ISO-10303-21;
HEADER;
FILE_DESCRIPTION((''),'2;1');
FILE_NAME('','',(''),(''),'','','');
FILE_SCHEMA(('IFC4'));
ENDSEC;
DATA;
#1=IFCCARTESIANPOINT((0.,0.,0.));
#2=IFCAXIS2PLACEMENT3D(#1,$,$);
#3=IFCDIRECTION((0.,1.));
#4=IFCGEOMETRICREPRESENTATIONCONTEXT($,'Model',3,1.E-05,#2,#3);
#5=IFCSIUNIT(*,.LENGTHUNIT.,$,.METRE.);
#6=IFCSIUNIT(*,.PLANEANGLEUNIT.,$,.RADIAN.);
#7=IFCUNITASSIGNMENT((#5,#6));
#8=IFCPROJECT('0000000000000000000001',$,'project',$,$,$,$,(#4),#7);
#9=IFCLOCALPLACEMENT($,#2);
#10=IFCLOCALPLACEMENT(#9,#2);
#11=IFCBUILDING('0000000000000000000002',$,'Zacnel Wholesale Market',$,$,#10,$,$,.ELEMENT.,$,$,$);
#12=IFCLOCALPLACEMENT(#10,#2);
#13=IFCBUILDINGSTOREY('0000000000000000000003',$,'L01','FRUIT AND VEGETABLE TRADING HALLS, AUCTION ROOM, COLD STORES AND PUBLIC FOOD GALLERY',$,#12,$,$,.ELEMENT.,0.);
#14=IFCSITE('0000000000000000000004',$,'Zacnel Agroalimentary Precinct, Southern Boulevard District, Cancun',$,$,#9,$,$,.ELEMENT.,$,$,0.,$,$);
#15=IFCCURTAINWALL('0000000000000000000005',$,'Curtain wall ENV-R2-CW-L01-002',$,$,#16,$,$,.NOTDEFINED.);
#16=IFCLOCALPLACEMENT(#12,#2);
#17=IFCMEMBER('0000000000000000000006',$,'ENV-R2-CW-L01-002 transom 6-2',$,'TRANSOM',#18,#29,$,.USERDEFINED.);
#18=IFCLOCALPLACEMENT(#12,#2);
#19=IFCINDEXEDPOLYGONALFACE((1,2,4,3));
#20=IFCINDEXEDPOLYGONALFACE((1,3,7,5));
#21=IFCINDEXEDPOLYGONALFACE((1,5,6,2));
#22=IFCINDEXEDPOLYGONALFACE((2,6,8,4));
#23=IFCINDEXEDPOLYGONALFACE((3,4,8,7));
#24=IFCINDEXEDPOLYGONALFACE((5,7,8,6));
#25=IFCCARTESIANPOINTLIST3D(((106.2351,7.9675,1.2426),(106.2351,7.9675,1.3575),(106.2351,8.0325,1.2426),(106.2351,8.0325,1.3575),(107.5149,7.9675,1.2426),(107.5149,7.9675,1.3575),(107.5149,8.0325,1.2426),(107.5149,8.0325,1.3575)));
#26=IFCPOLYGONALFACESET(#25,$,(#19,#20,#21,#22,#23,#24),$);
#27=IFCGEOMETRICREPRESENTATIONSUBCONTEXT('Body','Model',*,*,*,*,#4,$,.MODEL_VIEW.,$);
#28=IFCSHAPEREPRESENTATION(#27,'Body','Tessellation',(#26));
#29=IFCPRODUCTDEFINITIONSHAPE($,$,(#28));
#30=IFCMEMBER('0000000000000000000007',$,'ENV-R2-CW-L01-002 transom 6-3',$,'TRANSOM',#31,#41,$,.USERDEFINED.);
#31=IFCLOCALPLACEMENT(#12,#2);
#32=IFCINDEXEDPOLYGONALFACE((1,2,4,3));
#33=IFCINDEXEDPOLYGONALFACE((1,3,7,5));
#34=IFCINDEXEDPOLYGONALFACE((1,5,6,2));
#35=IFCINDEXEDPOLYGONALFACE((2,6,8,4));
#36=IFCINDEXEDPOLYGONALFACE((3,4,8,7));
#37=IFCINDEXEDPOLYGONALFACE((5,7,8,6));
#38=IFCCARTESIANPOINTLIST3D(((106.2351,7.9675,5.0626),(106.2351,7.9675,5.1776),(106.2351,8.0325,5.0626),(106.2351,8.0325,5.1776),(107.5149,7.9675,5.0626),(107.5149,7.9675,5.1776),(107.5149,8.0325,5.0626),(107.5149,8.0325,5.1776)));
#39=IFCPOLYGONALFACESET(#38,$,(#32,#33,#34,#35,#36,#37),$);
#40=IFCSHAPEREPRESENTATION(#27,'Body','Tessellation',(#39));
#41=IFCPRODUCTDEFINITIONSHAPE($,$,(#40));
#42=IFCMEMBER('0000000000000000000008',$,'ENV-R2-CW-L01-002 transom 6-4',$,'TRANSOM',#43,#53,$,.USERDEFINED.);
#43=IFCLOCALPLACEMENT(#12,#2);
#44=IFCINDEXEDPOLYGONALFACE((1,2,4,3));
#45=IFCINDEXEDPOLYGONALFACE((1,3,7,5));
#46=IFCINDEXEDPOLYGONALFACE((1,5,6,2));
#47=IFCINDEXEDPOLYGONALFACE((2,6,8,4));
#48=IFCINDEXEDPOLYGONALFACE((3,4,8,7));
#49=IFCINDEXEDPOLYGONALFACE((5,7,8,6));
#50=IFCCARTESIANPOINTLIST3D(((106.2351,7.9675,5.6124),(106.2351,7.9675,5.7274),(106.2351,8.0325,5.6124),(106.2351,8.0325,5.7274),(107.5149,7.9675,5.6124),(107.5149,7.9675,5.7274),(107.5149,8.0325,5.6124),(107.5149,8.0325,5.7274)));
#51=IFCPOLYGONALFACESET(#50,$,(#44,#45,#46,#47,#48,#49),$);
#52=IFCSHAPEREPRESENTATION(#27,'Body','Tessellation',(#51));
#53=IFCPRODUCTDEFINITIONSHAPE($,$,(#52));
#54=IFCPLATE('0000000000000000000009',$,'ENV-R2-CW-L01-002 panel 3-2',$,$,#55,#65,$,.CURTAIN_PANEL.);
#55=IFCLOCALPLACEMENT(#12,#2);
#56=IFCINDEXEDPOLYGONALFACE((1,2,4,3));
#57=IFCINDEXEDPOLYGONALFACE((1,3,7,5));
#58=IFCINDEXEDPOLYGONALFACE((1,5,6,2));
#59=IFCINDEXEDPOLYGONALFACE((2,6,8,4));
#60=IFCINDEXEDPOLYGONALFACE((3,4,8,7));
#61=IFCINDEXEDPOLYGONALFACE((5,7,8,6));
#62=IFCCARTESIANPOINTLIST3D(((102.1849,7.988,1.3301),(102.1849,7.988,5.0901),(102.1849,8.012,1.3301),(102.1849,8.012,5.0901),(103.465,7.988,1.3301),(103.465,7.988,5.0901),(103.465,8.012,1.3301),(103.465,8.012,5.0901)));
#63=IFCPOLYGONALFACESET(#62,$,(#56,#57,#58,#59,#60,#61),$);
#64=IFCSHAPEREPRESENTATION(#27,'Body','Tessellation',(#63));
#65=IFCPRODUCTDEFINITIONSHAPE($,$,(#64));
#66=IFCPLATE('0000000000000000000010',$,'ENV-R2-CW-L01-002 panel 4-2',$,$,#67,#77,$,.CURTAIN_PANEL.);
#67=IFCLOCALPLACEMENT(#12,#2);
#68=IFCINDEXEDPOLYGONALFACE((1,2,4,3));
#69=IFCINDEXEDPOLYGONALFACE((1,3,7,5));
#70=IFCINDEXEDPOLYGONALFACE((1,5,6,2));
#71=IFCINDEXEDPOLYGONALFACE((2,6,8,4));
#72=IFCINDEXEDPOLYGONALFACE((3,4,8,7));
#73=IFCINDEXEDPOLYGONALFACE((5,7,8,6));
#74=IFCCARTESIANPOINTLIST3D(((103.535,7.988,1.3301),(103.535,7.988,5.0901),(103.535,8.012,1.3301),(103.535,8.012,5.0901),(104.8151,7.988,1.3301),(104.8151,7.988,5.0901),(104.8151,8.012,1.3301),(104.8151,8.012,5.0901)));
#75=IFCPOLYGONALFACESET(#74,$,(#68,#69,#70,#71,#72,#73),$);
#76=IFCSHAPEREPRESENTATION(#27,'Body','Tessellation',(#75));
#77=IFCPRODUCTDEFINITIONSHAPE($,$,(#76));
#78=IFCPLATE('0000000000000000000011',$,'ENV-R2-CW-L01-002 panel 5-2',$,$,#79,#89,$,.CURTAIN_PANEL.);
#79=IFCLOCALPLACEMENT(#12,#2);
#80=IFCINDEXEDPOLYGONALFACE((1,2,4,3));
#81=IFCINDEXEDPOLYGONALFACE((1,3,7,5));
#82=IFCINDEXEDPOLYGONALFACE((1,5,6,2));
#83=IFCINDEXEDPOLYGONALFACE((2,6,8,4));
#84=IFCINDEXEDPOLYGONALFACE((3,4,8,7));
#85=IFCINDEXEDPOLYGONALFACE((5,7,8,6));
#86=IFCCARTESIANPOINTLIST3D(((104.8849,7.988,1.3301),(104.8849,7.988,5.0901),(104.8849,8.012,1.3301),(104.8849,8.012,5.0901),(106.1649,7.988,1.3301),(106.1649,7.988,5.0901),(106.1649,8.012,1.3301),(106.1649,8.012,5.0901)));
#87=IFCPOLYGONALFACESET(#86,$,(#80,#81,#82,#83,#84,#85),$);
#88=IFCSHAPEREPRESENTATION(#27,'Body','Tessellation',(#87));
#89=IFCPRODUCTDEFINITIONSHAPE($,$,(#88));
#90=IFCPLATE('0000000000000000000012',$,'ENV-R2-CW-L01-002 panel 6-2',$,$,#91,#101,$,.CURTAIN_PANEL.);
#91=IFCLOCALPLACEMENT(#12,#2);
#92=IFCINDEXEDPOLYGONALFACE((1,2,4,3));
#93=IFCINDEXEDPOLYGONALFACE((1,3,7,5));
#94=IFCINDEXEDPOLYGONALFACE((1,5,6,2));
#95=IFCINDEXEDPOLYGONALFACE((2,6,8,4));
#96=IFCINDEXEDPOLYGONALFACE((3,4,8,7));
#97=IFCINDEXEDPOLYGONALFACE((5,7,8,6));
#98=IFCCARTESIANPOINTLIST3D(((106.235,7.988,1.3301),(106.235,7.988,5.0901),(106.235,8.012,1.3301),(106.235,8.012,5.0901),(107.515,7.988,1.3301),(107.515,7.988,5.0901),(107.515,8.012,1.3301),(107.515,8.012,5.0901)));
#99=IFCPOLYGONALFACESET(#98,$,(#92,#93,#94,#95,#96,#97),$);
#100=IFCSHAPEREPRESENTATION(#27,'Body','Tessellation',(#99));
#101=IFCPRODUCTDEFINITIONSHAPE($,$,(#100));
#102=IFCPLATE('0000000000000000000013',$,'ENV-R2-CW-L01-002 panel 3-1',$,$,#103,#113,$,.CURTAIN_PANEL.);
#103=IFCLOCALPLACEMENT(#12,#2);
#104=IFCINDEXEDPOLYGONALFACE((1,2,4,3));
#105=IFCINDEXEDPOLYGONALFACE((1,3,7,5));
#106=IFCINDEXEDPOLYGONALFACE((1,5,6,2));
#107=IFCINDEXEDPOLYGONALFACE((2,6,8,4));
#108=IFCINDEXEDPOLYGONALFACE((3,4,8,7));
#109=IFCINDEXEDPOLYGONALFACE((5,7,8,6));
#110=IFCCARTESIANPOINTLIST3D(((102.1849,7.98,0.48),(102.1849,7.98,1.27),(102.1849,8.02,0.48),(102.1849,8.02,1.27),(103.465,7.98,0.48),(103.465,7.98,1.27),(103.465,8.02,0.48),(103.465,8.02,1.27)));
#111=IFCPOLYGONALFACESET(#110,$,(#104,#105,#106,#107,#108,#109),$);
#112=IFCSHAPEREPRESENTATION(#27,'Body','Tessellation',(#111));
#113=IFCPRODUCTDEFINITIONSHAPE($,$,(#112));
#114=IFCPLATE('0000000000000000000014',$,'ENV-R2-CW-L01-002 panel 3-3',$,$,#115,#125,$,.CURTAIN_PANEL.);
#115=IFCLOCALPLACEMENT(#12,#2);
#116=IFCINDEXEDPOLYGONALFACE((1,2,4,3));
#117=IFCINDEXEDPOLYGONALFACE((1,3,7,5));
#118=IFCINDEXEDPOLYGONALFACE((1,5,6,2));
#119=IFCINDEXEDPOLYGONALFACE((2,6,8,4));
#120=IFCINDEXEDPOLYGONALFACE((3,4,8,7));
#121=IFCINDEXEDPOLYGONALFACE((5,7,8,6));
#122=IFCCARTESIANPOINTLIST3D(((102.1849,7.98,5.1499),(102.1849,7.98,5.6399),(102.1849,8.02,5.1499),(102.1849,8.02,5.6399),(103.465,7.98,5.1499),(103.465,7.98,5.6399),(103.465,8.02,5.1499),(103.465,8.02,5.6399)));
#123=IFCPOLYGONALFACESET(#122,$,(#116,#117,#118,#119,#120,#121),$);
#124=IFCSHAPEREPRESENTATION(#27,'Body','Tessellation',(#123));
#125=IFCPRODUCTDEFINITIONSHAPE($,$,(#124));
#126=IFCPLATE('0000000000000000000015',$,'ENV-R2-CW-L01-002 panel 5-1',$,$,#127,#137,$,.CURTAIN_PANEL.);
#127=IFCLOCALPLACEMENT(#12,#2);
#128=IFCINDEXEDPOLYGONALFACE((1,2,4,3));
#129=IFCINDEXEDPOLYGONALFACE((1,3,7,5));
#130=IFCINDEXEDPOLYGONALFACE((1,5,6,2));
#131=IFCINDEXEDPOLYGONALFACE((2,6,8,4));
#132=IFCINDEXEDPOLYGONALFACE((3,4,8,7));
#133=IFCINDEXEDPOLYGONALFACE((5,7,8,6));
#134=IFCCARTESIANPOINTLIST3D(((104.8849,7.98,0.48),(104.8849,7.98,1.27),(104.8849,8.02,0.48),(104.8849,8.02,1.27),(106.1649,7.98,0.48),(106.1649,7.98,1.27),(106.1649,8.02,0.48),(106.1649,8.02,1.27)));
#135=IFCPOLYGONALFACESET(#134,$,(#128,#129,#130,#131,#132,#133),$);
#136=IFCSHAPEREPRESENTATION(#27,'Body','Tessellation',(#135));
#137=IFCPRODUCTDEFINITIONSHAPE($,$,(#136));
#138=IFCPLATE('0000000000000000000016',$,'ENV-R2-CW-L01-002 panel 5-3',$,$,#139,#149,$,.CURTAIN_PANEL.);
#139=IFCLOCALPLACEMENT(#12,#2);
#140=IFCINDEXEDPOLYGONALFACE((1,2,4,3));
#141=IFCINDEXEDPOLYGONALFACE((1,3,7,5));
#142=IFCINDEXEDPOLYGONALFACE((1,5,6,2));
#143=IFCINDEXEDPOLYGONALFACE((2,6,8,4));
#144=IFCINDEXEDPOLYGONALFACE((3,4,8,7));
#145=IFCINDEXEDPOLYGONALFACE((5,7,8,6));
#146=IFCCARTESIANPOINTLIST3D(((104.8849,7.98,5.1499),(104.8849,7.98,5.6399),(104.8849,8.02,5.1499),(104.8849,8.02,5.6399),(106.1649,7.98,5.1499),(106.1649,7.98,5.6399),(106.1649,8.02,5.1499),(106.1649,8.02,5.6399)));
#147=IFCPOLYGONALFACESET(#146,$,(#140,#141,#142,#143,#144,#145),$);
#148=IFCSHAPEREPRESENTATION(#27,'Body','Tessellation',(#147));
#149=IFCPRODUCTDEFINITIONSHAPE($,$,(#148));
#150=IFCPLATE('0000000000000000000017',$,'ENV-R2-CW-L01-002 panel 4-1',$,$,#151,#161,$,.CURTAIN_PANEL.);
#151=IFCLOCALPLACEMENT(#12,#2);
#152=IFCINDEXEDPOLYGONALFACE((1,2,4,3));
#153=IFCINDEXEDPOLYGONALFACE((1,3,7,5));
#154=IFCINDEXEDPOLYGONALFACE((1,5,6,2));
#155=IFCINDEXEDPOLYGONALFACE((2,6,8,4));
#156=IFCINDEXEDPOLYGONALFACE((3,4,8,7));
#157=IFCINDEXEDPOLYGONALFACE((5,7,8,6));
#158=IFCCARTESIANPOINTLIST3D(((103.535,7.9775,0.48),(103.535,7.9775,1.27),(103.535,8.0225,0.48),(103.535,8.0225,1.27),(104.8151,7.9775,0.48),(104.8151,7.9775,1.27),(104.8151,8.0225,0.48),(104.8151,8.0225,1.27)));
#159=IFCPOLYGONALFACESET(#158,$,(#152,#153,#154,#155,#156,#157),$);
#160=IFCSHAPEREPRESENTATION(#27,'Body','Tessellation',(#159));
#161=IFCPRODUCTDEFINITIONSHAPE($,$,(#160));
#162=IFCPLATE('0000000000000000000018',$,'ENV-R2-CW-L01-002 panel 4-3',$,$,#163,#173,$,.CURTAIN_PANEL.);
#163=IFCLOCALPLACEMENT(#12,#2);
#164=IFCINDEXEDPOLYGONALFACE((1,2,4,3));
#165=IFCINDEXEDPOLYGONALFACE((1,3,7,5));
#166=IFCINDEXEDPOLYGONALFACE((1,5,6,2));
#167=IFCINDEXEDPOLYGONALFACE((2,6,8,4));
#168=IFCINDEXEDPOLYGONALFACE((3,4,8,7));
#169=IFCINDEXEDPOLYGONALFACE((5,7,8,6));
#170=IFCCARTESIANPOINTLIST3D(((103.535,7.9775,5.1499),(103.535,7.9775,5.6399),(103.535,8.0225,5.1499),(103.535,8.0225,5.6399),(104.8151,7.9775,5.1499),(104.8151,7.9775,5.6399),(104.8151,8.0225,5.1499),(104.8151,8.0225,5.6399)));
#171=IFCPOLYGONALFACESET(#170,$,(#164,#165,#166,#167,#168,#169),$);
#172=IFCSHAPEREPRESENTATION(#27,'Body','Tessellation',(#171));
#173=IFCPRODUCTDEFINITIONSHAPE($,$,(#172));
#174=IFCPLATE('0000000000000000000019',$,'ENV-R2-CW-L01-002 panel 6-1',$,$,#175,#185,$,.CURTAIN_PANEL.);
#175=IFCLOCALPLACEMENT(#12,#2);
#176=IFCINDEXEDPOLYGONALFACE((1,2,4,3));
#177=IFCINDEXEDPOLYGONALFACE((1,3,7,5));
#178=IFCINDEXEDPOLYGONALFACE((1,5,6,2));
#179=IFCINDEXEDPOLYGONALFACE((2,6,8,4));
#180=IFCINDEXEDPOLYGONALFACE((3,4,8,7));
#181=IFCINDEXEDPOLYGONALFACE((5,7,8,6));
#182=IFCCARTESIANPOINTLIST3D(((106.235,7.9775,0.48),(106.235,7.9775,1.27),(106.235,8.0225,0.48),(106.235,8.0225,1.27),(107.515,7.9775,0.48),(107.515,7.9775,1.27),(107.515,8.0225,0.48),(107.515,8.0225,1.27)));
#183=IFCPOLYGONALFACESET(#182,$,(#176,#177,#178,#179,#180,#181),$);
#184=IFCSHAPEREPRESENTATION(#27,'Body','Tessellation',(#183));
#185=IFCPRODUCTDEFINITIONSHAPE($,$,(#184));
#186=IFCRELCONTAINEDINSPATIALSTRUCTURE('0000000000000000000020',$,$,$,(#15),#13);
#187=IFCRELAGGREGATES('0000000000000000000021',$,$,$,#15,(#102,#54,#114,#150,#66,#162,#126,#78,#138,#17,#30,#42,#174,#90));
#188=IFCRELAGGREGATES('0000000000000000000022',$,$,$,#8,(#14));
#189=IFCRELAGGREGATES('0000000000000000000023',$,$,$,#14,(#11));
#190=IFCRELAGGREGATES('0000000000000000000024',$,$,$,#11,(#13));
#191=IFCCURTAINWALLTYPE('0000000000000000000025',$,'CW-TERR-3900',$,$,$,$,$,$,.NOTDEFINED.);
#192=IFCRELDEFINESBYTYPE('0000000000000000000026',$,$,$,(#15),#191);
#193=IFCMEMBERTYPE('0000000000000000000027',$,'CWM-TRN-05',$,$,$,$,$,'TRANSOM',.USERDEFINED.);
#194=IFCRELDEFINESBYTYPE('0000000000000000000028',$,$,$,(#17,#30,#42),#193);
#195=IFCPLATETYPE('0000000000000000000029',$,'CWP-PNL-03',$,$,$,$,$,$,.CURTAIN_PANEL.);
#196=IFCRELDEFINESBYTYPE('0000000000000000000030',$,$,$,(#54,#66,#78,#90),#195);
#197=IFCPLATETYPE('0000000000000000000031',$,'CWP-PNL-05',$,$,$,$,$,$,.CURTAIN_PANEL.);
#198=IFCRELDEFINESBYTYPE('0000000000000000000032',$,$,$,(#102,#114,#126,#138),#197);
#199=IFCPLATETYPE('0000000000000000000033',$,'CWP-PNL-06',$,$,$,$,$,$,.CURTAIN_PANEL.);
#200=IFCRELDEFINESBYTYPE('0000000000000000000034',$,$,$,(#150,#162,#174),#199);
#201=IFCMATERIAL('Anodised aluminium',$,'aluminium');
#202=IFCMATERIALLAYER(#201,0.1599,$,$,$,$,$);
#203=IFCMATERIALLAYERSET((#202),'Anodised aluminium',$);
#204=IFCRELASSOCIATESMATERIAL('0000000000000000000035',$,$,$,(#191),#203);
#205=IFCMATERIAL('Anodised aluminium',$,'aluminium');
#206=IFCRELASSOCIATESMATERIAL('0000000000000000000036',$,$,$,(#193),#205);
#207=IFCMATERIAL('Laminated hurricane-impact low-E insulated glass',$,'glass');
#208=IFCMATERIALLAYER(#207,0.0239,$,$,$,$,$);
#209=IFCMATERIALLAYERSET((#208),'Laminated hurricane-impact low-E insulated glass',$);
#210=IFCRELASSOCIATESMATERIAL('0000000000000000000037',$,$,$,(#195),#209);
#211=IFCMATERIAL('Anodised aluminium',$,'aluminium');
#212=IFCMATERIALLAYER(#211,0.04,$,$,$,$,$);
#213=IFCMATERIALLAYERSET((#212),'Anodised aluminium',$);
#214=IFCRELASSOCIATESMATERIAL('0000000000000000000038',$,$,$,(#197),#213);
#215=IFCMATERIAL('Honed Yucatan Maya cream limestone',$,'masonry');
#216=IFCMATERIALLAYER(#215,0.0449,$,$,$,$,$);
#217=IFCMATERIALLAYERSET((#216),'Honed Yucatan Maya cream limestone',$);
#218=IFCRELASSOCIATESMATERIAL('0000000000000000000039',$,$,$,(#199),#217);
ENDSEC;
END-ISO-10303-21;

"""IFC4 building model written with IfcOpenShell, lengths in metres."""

from ifc_helpers import new_model, si_unit, direction, frame, origin, origin_2d, place, context, subcontext, project, spatial, rectangle, extrude, material, layer, layer_set, material_profile, profile_set, type_object, element, aggregate, save


model = new_model("IFC4")

# Units and contexts
model_context = context("Model", 3, precision=1e-05, world=origin(), true_north=direction((0.0, 1.0)))
body_context = subcontext(model_context, "Body", "Model", "MODEL_VIEW")
ifc_project = project(units=[si_unit("LENGTHUNIT", "METRE"), si_unit("PLANEANGLEUNIT", "RADIAN")], contexts=[model_context])

# Site, building, storey
site_placement = place(None, origin())
site = spatial("IfcSite", under=ifc_project, at=site_placement, Name="Zacnel Agroalimentary Precinct, Southern Boulevard District, Cancun", CompositionType="ELEMENT", RefElevation=0.0)
building_placement = place(site_placement, origin())
building = spatial("IfcBuilding", under=site, at=building_placement, Name="Zacnel Wholesale Market", CompositionType="ELEMENT")
storey_placement = place(building_placement, origin())
storey = spatial("IfcBuildingStorey", under=building, at=storey_placement, Name="L01", Description="FRUIT AND VEGETABLE TRADING HALLS, AUCTION ROOM, COLD STORES AND PUBLIC FOOD GALLERY", CompositionType="ELEMENT", Elevation=0.0)

# Curtain wall, members, plates
ifc_material_1 = material(Name="Anodised aluminium", Category="aluminium")
ifc_layer_1 = layer(ifc_material_1, 0.1599)
ifc_layer_set_1 = layer_set([ifc_layer_1], Name="Anodised aluminium")
curtain_wall_type = type_object("IfcCurtainWallType", Name="CW-TERR-3900", PredefinedType="NOTDEFINED", material=ifc_layer_set_1)
curtain_wall_placement = place(storey_placement, origin())
curtain_wall = element("IfcCurtainWall", 1, at=curtain_wall_placement, inside=storey, type_object=curtain_wall_type, Name="Curtain wall ENV-R2-CW-L01-002", PredefinedType="NOTDEFINED")
ifc_material_2 = material(Name="Anodised aluminium", Category="aluminium")
ifc_material_profile_1 = material_profile(ifc_material_2, rectangle(XDim=0.0649, YDim=0.115, at=origin_2d()), Name="AW-TRANSOM 65x115")
ifc_profile_set_1 = profile_set([ifc_material_profile_1], Name="Anodised aluminium")
member_type_1 = type_object("IfcMemberType", Name="CWM-TRN-05", ElementType="TRANSOM", PredefinedType="USERDEFINED", material=ifc_profile_set_1)
member_1_placement = place(storey_placement, frame((106.2351, 8.0, 1.3), z_axis=(1.0, 0.0, 0.0), x_axis=(0.0, 1.0, 0.0)))
member_1 = element("IfcMember", 2, at=member_1_placement, type_object=member_type_1, Name="ENV-R2-CW-L01-002 transom 6-2", ObjectType="TRANSOM", PredefinedType="USERDEFINED", context=body_context, shape_type="SweptSolid", body=[
    extrude(rectangle(XDim=0.0649, YDim=0.115, at=origin_2d()), origin(), (0.0, 0.0, 1.0), 1.2798),
])
member_2_placement = place(storey_placement, frame((106.2351, 8.0, 5.1201), z_axis=(1.0, 0.0, 0.0), x_axis=(0.0, 1.0, 0.0)))
member_2 = element("IfcMember", 3, at=member_2_placement, type_object=member_type_1, Name="ENV-R2-CW-L01-002 transom 6-3", ObjectType="TRANSOM", PredefinedType="USERDEFINED", context=body_context, shape_type="SweptSolid", body=[
    extrude(rectangle(XDim=0.0649, YDim=0.115, at=origin_2d()), origin(), (0.0, 0.0, 1.0), 1.2798),
])
member_3_placement = place(storey_placement, frame((106.2351, 8.0, 5.6699), z_axis=(1.0, 0.0, 0.0), x_axis=(0.0, 1.0, 0.0)))
member_3 = element("IfcMember", 4, at=member_3_placement, type_object=member_type_1, Name="ENV-R2-CW-L01-002 transom 6-4", ObjectType="TRANSOM", PredefinedType="USERDEFINED", context=body_context, shape_type="SweptSolid", body=[
    extrude(rectangle(XDim=0.0649, YDim=0.115, at=origin_2d()), origin(), (0.0, 0.0, 1.0), 1.2798),
])
ifc_material_3 = material(Name="Laminated hurricane-impact low-E insulated glass", Category="glass")
ifc_layer_2 = layer(ifc_material_3, 0.0239)
ifc_layer_set_2 = layer_set([ifc_layer_2], Name="Laminated hurricane-impact low-E insulated glass")
plate_type_1 = type_object("IfcPlateType", Name="CWP-PNL-03", PredefinedType="CURTAIN_PANEL", material=ifc_layer_set_2)
plate_1_placement = place(storey_placement, frame((102.825, 8.0, 1.3301), z_axis=(0.0, 0.0, 1.0), x_axis=(1.0, 0.0, 0.0)))
plate_1 = element("IfcPlate", 5, at=plate_1_placement, type_object=plate_type_1, Name="ENV-R2-CW-L01-002 panel 3-2", PredefinedType="CURTAIN_PANEL", context=body_context, shape_type="SweptSolid", body=[
    extrude(rectangle(XDim=1.28, YDim=0.0239, at=origin_2d()), origin(), (0.0, 0.0, 1.0), 3.76),
])
plate_2_placement = place(storey_placement, frame((104.175, 8.0, 1.3301), z_axis=(0.0, 0.0, 1.0), x_axis=(1.0, 0.0, 0.0)))
plate_2 = element("IfcPlate", 6, at=plate_2_placement, type_object=plate_type_1, Name="ENV-R2-CW-L01-002 panel 4-2", PredefinedType="CURTAIN_PANEL", context=body_context, shape_type="SweptSolid", body=[
    extrude(rectangle(XDim=1.28, YDim=0.0239, at=origin_2d()), origin(), (0.0, 0.0, 1.0), 3.76),
])
plate_3_placement = place(storey_placement, frame((105.5249, 8.0, 1.3301), z_axis=(0.0, 0.0, 1.0), x_axis=(1.0, 0.0, 0.0)))
plate_3 = element("IfcPlate", 7, at=plate_3_placement, type_object=plate_type_1, Name="ENV-R2-CW-L01-002 panel 5-2", PredefinedType="CURTAIN_PANEL", context=body_context, shape_type="SweptSolid", body=[
    extrude(rectangle(XDim=1.28, YDim=0.0239, at=origin_2d()), origin(), (0.0, 0.0, 1.0), 3.76),
])
plate_4_placement = place(storey_placement, frame((106.875, 8.0, 1.3301), z_axis=(0.0, 0.0, 1.0), x_axis=(1.0, 0.0, 0.0)))
plate_4 = element("IfcPlate", 8, at=plate_4_placement, type_object=plate_type_1, Name="ENV-R2-CW-L01-002 panel 6-2", PredefinedType="CURTAIN_PANEL", context=body_context, shape_type="SweptSolid", body=[
    extrude(rectangle(XDim=1.28, YDim=0.0239, at=origin_2d()), origin(), (0.0, 0.0, 1.0), 3.76),
])
ifc_material_4 = material(Name="Anodised aluminium", Category="aluminium")
ifc_layer_3 = layer(ifc_material_4, 0.04)
ifc_layer_set_3 = layer_set([ifc_layer_3], Name="Anodised aluminium")
plate_type_2 = type_object("IfcPlateType", Name="CWP-PNL-05", PredefinedType="CURTAIN_PANEL", material=ifc_layer_set_3)
plate_5_placement = place(storey_placement, frame((102.825, 8.0, 0.48), z_axis=(0.0, 0.0, 1.0), x_axis=(1.0, 0.0, 0.0)))
plate_5 = element("IfcPlate", 9, at=plate_5_placement, type_object=plate_type_2, Name="ENV-R2-CW-L01-002 panel 3-1", PredefinedType="CURTAIN_PANEL", context=body_context, shape_type="SweptSolid", body=[
    extrude(rectangle(XDim=1.28, YDim=0.04, at=origin_2d()), origin(), (0.0, 0.0, 1.0), 0.79),
])
plate_6_placement = place(storey_placement, frame((102.825, 8.0, 5.1499), z_axis=(0.0, 0.0, 1.0), x_axis=(1.0, 0.0, 0.0)))
plate_6 = element("IfcPlate", 10, at=plate_6_placement, type_object=plate_type_2, Name="ENV-R2-CW-L01-002 panel 3-3", PredefinedType="CURTAIN_PANEL", context=body_context, shape_type="SweptSolid", body=[
    extrude(rectangle(XDim=1.28, YDim=0.04, at=origin_2d()), origin(), (0.0, 0.0, 1.0), 0.49),
])
plate_7_placement = place(storey_placement, frame((105.5249, 8.0, 0.48), z_axis=(0.0, 0.0, 1.0), x_axis=(1.0, 0.0, 0.0)))
plate_7 = element("IfcPlate", 11, at=plate_7_placement, type_object=plate_type_2, Name="ENV-R2-CW-L01-002 panel 5-1", PredefinedType="CURTAIN_PANEL", context=body_context, shape_type="SweptSolid", body=[
    extrude(rectangle(XDim=1.28, YDim=0.04, at=origin_2d()), origin(), (0.0, 0.0, 1.0), 0.79),
])
plate_8_placement = place(storey_placement, frame((105.5249, 8.0, 5.1499), z_axis=(0.0, 0.0, 1.0), x_axis=(1.0, 0.0, 0.0)))
plate_8 = element("IfcPlate", 12, at=plate_8_placement, type_object=plate_type_2, Name="ENV-R2-CW-L01-002 panel 5-3", PredefinedType="CURTAIN_PANEL", context=body_context, shape_type="SweptSolid", body=[
    extrude(rectangle(XDim=1.28, YDim=0.04, at=origin_2d()), origin(), (0.0, 0.0, 1.0), 0.49),
])
ifc_material_5 = material(Name="Honed Yucatan Maya cream limestone", Category="masonry")
ifc_layer_4 = layer(ifc_material_5, 0.0449)
ifc_layer_set_4 = layer_set([ifc_layer_4], Name="Honed Yucatan Maya cream limestone")
plate_type_3 = type_object("IfcPlateType", Name="CWP-PNL-06", PredefinedType="CURTAIN_PANEL", material=ifc_layer_set_4)
plate_9_placement = place(storey_placement, frame((104.175, 8.0, 0.48), z_axis=(0.0, 0.0, 1.0), x_axis=(1.0, 0.0, 0.0)))
plate_9 = element("IfcPlate", 13, at=plate_9_placement, type_object=plate_type_3, Name="ENV-R2-CW-L01-002 panel 4-1", PredefinedType="CURTAIN_PANEL", context=body_context, shape_type="SweptSolid", body=[
    extrude(rectangle(XDim=1.28, YDim=0.0449, at=origin_2d()), origin(), (0.0, 0.0, 1.0), 0.79),
])
plate_10_placement = place(storey_placement, frame((104.175, 8.0, 5.1499), z_axis=(0.0, 0.0, 1.0), x_axis=(1.0, 0.0, 0.0)))
plate_10 = element("IfcPlate", 14, at=plate_10_placement, type_object=plate_type_3, Name="ENV-R2-CW-L01-002 panel 4-3", PredefinedType="CURTAIN_PANEL", context=body_context, shape_type="SweptSolid", body=[
    extrude(rectangle(XDim=1.28, YDim=0.0449, at=origin_2d()), origin(), (0.0, 0.0, 1.0), 0.49),
])
plate_11_placement = place(storey_placement, frame((106.875, 8.0, 0.48), z_axis=(0.0, 0.0, 1.0), x_axis=(1.0, 0.0, 0.0)))
plate_11 = element("IfcPlate", 15, at=plate_11_placement, type_object=plate_type_3, Name="ENV-R2-CW-L01-002 panel 6-1", PredefinedType="CURTAIN_PANEL", context=body_context, shape_type="SweptSolid", body=[
    extrude(rectangle(XDim=1.28, YDim=0.0449, at=origin_2d()), origin(), (0.0, 0.0, 1.0), 0.79),
])
aggregate(curtain_wall, [plate_5, plate_1, plate_6, plate_9, plate_2, plate_10, plate_7, plate_3, plate_8, member_1, member_2, member_3, plate_11, plate_4])

save(model, "model.ifc")
